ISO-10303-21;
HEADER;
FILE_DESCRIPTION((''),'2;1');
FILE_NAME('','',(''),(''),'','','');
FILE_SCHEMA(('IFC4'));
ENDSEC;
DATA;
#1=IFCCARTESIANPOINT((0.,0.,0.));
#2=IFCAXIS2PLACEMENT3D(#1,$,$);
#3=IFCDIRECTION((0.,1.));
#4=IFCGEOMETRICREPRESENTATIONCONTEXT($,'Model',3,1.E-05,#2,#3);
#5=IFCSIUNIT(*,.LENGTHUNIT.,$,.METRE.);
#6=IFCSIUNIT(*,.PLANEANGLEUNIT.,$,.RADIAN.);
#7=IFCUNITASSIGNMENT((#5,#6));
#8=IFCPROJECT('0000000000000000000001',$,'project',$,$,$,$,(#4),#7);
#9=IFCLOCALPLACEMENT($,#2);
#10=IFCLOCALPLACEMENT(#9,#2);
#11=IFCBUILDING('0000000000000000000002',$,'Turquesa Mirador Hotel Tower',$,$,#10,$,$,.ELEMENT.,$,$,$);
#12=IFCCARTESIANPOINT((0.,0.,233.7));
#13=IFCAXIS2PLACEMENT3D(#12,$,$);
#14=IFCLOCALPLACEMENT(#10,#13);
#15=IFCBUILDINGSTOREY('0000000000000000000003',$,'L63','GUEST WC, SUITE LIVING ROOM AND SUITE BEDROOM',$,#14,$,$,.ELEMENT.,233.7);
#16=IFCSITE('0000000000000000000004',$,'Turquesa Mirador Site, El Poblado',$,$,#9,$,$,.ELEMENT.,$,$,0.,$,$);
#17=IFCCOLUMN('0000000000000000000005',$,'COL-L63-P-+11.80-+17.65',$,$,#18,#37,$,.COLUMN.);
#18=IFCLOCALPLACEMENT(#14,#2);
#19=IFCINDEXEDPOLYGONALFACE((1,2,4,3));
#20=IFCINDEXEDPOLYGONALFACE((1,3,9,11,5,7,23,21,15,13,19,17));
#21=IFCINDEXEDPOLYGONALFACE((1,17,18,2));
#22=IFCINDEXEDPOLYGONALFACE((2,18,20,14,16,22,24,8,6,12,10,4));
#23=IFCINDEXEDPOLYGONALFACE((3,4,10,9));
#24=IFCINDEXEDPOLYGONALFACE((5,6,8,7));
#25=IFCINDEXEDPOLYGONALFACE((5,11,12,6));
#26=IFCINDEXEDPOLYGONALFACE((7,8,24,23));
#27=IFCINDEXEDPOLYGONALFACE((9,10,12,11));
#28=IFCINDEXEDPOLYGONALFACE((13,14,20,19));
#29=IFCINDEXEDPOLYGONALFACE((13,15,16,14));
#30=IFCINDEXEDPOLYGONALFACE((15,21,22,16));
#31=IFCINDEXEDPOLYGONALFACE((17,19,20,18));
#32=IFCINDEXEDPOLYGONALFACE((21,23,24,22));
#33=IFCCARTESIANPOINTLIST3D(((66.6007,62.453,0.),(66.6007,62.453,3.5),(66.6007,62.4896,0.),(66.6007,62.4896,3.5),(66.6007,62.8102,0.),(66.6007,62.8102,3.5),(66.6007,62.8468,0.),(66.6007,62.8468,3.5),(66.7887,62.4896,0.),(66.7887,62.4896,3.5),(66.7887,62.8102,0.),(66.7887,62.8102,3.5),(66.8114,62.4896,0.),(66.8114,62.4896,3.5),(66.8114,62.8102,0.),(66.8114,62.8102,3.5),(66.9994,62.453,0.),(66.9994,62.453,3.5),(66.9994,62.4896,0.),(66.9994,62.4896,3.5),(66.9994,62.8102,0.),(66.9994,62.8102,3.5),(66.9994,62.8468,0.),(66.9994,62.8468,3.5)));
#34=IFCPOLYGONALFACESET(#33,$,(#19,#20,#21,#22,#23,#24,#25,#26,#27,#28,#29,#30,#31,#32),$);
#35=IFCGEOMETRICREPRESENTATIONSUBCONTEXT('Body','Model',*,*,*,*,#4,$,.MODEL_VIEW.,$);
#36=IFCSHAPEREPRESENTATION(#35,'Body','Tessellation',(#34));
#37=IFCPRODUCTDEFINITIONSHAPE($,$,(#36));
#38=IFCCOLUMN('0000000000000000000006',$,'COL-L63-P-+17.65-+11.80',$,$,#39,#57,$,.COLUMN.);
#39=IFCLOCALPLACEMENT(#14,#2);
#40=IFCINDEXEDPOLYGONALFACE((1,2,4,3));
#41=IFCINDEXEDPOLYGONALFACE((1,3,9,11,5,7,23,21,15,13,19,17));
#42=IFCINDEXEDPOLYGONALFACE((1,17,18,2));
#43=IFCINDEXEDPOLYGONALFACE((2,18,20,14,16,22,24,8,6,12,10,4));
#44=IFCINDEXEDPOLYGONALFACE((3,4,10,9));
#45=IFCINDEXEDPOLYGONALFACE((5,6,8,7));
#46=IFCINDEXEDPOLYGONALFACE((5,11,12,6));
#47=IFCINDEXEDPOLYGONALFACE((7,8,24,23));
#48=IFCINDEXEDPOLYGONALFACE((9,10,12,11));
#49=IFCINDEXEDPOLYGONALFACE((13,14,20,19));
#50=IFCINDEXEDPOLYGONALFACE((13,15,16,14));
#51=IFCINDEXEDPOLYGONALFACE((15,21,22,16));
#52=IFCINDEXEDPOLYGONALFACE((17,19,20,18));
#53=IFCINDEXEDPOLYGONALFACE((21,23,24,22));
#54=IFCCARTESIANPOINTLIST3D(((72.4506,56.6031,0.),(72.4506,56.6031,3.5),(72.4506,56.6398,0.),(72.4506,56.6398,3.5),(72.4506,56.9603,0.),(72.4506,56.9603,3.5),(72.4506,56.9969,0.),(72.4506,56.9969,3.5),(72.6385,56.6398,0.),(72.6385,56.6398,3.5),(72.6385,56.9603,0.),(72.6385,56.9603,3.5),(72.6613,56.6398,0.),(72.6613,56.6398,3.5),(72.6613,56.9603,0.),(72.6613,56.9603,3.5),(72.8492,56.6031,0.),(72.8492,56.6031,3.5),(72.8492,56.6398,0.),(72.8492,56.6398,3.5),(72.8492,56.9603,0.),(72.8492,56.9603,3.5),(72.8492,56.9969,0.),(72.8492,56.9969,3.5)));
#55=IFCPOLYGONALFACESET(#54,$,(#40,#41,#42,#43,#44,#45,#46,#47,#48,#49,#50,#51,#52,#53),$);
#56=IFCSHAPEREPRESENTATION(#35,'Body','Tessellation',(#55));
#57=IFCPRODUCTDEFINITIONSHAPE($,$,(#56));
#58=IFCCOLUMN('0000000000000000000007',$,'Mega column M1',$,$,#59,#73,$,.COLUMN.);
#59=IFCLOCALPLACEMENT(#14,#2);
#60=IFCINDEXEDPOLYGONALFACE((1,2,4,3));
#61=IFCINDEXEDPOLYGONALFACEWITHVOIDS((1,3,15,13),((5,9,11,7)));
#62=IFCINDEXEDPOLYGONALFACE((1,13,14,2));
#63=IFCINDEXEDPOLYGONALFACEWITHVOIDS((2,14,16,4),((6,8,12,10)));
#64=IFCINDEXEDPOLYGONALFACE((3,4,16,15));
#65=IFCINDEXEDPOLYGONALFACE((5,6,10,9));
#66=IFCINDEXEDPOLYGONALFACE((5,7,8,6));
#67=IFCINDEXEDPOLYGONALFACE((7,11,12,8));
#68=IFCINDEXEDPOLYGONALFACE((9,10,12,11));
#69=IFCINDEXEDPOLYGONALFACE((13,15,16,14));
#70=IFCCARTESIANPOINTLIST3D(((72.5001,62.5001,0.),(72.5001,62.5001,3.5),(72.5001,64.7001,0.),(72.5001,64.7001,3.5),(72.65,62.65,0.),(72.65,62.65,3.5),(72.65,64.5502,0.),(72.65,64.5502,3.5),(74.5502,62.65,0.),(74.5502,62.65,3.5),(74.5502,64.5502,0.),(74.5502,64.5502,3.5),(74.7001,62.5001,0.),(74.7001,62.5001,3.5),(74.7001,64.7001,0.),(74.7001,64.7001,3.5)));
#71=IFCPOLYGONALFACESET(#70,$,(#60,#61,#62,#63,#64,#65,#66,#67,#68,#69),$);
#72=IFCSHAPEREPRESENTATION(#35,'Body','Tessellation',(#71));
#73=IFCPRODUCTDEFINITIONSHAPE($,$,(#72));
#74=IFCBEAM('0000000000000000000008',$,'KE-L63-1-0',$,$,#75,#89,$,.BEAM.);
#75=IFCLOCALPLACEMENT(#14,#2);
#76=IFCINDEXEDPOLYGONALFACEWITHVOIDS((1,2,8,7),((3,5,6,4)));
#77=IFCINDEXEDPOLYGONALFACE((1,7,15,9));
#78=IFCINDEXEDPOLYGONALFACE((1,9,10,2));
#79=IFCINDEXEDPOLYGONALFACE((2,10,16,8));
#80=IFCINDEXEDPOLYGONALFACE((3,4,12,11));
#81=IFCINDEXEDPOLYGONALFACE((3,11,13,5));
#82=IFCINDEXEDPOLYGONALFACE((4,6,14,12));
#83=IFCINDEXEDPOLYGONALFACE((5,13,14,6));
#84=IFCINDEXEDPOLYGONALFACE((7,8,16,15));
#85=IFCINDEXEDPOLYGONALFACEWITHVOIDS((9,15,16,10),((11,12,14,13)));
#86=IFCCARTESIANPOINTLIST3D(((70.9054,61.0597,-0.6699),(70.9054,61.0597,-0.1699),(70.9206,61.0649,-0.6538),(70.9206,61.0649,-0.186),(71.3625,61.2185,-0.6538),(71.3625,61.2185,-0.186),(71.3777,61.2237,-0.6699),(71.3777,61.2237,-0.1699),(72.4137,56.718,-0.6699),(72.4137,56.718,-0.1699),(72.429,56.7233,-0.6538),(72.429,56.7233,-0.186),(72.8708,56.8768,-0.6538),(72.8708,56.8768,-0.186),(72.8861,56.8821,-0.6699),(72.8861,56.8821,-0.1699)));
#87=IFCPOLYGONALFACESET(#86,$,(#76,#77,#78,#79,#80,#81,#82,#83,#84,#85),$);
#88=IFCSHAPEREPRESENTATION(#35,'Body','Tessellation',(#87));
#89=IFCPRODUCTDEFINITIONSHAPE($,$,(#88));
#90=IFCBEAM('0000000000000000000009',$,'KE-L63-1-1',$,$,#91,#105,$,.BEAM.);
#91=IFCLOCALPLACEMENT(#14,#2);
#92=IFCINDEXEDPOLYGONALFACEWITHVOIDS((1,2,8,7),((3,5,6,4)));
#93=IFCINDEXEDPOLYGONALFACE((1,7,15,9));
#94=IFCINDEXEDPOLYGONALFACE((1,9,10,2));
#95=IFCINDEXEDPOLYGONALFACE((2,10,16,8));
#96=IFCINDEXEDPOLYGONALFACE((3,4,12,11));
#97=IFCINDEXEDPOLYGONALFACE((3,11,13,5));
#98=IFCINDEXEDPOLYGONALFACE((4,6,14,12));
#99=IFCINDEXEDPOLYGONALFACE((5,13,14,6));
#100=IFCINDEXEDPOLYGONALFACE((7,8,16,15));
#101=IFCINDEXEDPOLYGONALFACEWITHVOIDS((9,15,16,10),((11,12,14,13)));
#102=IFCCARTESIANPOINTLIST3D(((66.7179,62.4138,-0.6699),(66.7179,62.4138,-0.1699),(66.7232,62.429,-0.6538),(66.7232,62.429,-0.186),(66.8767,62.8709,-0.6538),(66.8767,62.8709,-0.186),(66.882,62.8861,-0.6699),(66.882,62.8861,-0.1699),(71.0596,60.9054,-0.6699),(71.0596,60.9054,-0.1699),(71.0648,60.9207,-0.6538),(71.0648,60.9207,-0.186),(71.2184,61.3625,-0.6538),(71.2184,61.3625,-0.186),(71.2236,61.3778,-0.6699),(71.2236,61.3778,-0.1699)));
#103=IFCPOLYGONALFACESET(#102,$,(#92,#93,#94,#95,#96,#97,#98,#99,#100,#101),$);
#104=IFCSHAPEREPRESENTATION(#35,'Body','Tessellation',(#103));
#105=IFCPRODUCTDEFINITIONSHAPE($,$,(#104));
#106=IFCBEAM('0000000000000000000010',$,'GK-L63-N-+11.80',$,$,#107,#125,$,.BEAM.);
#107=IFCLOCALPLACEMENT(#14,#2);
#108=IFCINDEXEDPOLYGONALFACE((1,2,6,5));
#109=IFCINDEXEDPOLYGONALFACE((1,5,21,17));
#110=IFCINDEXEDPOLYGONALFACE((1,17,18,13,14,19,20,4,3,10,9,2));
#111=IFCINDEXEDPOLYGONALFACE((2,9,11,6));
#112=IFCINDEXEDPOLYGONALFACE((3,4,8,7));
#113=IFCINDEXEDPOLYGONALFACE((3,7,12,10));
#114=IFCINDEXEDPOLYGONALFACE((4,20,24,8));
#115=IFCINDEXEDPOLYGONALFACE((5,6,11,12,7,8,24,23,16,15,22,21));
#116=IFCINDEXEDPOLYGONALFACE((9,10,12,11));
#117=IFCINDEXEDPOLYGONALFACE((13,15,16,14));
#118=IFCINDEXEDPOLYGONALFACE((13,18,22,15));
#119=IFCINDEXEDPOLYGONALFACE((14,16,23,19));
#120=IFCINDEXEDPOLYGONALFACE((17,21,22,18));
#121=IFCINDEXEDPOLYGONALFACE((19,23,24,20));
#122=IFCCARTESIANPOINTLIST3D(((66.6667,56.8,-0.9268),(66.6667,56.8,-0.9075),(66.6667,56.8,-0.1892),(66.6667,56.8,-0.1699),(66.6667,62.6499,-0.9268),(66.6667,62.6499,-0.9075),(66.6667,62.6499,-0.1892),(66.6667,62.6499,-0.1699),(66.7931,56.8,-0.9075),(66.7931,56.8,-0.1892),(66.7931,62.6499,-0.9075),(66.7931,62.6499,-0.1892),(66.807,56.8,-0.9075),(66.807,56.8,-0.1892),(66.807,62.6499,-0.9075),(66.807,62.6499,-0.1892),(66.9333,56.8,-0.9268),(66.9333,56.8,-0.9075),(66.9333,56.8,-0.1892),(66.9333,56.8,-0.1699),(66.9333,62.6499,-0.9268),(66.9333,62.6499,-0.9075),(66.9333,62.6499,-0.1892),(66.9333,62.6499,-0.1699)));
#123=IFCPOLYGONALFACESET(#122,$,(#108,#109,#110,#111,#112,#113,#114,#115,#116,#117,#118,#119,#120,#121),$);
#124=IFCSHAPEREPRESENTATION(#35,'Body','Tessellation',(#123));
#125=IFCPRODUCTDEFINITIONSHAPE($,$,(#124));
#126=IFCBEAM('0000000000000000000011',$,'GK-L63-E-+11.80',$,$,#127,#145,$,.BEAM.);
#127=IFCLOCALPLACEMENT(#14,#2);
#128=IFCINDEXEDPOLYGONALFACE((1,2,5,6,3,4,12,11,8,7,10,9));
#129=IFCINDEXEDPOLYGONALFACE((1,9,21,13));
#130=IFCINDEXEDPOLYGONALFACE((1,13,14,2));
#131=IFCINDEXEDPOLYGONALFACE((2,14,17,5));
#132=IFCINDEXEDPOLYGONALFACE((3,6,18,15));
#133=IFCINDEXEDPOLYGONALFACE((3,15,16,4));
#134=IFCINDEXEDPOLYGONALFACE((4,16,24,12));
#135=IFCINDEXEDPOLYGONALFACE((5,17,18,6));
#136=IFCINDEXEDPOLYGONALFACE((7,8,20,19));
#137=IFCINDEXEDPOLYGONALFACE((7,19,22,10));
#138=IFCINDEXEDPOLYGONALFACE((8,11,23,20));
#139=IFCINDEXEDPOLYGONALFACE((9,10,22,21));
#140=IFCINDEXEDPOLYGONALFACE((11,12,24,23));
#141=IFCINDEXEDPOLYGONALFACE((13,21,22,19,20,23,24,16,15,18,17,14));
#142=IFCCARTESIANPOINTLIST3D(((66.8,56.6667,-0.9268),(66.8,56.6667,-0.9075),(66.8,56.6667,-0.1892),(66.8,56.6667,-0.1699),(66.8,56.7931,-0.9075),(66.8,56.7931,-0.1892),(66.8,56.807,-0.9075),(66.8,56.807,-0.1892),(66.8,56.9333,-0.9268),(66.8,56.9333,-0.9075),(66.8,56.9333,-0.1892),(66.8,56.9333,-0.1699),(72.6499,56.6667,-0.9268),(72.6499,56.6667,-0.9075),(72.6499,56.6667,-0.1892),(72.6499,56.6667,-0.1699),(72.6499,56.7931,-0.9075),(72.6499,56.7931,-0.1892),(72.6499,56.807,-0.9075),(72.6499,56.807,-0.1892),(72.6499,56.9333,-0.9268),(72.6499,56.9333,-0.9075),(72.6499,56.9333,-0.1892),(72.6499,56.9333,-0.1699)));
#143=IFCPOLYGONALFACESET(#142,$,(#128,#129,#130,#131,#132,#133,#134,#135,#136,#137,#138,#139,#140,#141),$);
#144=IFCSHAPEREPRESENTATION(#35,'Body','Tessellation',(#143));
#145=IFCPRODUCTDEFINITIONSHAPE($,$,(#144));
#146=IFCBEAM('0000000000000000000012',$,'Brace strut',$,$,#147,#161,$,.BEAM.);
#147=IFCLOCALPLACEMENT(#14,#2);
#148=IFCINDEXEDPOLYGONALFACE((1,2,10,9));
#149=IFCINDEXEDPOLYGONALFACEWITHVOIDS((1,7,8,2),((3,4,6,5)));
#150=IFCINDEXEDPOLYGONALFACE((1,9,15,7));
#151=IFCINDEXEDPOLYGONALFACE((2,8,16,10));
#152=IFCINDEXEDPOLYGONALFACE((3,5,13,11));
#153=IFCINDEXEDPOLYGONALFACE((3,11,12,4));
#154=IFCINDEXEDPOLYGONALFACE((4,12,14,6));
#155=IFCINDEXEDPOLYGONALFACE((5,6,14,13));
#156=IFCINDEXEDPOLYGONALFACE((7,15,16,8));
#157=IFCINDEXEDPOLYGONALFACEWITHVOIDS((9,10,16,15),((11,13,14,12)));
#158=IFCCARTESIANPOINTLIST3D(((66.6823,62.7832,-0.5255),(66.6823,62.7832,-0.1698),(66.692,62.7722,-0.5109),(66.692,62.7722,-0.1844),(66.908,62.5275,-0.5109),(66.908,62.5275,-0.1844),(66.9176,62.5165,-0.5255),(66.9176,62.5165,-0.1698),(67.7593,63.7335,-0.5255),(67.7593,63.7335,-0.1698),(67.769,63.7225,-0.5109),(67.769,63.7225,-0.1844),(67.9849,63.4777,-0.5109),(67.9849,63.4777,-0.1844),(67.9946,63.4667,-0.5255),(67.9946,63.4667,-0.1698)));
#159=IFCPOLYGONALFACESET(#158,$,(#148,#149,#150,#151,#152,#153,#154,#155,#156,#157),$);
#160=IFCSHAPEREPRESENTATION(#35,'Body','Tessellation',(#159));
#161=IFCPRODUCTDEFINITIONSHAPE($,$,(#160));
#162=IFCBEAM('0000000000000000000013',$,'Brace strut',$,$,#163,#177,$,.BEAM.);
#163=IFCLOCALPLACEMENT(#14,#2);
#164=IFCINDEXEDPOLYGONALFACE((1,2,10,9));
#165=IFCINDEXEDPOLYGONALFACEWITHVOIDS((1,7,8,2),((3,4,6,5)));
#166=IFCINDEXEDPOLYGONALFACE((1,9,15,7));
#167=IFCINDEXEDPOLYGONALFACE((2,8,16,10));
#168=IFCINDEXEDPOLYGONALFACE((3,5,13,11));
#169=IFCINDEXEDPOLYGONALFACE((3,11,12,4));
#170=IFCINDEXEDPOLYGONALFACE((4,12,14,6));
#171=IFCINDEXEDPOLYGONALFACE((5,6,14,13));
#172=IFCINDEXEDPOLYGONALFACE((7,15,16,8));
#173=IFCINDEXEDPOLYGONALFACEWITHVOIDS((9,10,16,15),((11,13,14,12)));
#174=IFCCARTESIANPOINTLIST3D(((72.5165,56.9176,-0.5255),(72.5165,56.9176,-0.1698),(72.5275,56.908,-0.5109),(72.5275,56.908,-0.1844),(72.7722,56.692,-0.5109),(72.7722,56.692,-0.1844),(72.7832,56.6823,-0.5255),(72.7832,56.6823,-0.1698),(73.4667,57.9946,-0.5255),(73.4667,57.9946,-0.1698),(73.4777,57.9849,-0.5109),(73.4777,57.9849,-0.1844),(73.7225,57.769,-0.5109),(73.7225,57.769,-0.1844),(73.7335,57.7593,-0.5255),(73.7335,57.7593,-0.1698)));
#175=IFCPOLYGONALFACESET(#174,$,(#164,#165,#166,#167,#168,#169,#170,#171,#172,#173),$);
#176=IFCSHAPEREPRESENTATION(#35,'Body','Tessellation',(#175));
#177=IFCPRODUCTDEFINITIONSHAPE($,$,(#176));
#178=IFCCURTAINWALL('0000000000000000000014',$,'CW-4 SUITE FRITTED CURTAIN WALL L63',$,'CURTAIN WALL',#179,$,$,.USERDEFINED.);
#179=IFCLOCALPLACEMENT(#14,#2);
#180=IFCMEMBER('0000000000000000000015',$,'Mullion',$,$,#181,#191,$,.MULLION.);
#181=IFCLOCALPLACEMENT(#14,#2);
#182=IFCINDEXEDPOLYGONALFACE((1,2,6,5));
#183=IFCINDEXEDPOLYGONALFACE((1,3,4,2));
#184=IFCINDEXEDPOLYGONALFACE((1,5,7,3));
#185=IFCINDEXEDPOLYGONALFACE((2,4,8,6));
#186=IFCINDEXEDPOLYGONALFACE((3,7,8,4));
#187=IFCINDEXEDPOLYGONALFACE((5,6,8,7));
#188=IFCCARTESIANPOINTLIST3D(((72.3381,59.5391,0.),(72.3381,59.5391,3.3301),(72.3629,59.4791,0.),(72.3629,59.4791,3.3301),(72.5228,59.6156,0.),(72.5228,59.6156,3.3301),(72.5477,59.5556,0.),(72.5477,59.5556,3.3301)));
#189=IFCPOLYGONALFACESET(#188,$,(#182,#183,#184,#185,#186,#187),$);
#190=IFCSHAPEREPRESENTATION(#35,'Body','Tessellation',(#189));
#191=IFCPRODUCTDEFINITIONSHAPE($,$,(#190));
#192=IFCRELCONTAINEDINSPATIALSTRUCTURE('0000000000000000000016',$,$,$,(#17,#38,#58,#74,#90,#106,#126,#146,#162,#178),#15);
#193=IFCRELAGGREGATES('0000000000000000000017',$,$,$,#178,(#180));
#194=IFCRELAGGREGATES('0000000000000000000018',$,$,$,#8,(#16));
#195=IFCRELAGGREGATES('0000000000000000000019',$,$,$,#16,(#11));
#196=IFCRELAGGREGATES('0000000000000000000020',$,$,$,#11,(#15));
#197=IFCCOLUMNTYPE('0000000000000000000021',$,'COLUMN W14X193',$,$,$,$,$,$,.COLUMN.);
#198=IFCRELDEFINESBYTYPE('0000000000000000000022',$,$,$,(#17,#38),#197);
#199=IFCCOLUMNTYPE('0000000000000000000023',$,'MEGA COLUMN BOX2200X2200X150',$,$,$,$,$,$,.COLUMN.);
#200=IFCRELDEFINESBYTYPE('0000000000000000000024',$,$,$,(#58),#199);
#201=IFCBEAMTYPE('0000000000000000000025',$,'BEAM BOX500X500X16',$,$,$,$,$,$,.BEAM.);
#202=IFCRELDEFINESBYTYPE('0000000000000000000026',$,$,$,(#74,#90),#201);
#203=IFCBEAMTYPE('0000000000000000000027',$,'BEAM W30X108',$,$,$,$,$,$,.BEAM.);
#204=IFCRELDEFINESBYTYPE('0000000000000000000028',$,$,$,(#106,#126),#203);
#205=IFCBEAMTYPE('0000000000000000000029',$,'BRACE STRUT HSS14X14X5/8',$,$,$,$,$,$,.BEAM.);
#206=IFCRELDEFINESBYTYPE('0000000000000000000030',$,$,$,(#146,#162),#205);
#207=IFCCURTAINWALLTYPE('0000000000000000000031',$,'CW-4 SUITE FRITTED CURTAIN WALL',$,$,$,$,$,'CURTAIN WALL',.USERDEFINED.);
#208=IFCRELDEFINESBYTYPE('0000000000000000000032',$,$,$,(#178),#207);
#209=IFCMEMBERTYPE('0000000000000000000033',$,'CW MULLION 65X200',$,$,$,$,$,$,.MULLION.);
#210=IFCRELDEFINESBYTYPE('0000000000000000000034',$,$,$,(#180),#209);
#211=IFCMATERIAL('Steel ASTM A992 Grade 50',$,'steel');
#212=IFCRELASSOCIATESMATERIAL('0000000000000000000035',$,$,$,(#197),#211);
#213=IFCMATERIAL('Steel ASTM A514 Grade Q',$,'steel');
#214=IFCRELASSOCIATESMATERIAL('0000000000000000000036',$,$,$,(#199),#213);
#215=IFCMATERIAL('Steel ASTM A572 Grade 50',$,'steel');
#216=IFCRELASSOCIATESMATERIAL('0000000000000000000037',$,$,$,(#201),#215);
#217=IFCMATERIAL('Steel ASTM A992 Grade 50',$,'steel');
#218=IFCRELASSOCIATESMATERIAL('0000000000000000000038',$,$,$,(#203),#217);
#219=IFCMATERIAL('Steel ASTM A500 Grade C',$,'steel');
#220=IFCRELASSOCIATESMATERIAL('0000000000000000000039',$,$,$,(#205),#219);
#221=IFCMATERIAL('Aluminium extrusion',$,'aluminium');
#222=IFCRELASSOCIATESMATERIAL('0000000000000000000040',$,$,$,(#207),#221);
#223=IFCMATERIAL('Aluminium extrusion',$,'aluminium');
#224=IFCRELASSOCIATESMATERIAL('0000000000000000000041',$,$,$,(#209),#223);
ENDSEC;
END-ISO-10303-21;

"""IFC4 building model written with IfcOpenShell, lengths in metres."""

from ifc_helpers import new_model, si_unit, direction, frame, origin, origin_2d, place, context, subcontext, project, spatial, rectangle, hollow_rectangle, i_section, extrude, material, material_profile, profile_set, type_object, element, aggregate, save


model = new_model("IFC4")

# Units and contexts
model_context = context("Model", 3, precision=1e-05, world=origin(), true_north=direction((0.0, 1.0)))
body_context = subcontext(model_context, "Body", "Model", "MODEL_VIEW")
ifc_project = project(units=[si_unit("LENGTHUNIT", "METRE"), si_unit("PLANEANGLEUNIT", "RADIAN")], contexts=[model_context])

# Site, building, storey
site_placement = place(None, origin())
site = spatial("IfcSite", under=ifc_project, at=site_placement, Name="Turquesa Mirador Site, El Poblado", CompositionType="ELEMENT", RefElevation=0.0)
building_placement = place(site_placement, origin())
building = spatial("IfcBuilding", under=site, at=building_placement, Name="Turquesa Mirador Hotel Tower", CompositionType="ELEMENT")
storey_placement = place(building_placement, frame((0.0, 0.0, 233.7)))
storey = spatial("IfcBuildingStorey", under=building, at=storey_placement, Name="L63", Description="GUEST WC, SUITE LIVING ROOM AND SUITE BEDROOM", CompositionType="ELEMENT", Elevation=233.7)

# Columns
ifc_material_1 = material(Name="Steel ASTM A992 Grade 50", Category="steel")
ifc_material_profile_1 = material_profile(ifc_material_1, i_section(OverallWidth=0.3987, OverallDepth=0.3938, WebThickness=0.0227, FlangeThickness=0.0366, at=origin_2d()), Name="W14X193")
ifc_profile_set_1 = profile_set([ifc_material_profile_1], Name="Steel ASTM A992 Grade 50")
column_type_1 = type_object("IfcColumnType", Name="COLUMN W14X193", PredefinedType="COLUMN", material=ifc_profile_set_1)
for number, where, z_axis, x_axis, name in (
    (1, (66.8, 62.6499, 0.0), (0.0, 0.0, 1.0), (1.0, 0.0, 0.0), "COL-L63-P-+11.80-+17.65"),
    (2, (72.6499, 56.8, 0.0), (0.0, 0.0, 1.0), (1.0, 0.0, 0.0), "COL-L63-P-+17.65-+11.80"),
):
    element("IfcColumn", number, at=place(storey_placement, frame(where, z_axis=z_axis, x_axis=x_axis)), inside=storey, type_object=column_type_1, Name=name, PredefinedType="COLUMN", context=body_context, shape_type="SweptSolid", body=[
        extrude(i_section(OverallWidth=0.3987, OverallDepth=0.3938, WebThickness=0.0227, FlangeThickness=0.0366, at=origin_2d()), origin(), (0.0, 0.0, 1.0), 3.5),
    ])
ifc_material_2 = material(Name="Steel ASTM A514 Grade Q", Category="steel")
ifc_material_profile_2 = material_profile(ifc_material_2, hollow_rectangle(XDim=2.2, YDim=2.2, WallThickness=0.1499, at=origin_2d()), Name="BOX2200X2200X150")
ifc_profile_set_2 = profile_set([ifc_material_profile_2], Name="Steel ASTM A514 Grade Q")
column_type_2 = type_object("IfcColumnType", Name="MEGA COLUMN BOX2200X2200X150", PredefinedType="COLUMN", material=ifc_profile_set_2)
column_placement = place(storey_placement, frame((73.6001, 63.6001, 0.0), z_axis=(0.0, 0.0, 1.0), x_axis=(1.0, 0.0, 0.0)))
element("IfcColumn", 3, at=column_placement, inside=storey, type_object=column_type_2, Name="Mega column M1", PredefinedType="COLUMN", context=body_context, shape_type="SweptSolid", body=[
    extrude(hollow_rectangle(XDim=2.2, YDim=2.2, WallThickness=0.1499, at=origin_2d()), origin(), (0.0, 0.0, 1.0), 3.5),
])

# Beams
ifc_material_3 = material(Name="Steel ASTM A572 Grade 50", Category="steel")
ifc_material_profile_3 = material_profile(ifc_material_3, hollow_rectangle(XDim=0.5, YDim=0.5, WallThickness=0.0161, at=origin_2d()), Name="BOX500X500X16")
ifc_profile_set_3 = profile_set([ifc_material_profile_3], Name="Steel ASTM A572 Grade 50")
beam_type_1 = type_object("IfcBeamType", Name="BEAM BOX500X500X16", PredefinedType="BEAM", material=ifc_profile_set_3)
for number, where, z_axis, x_axis, name in (
    (4, (72.6499, 56.8, -0.4199), (-0.32817, 0.944619, 0.0), (-0.944619, -0.32817, 0.0), "KE-L63-1-0"),
    (5, (71.1416, 61.1416, -0.4199), (-0.944619, 0.32817, 0.0), (-0.32817, -0.944619, 0.0), "KE-L63-1-1"),
):
    element("IfcBeam", number, at=place(storey_placement, frame(where, z_axis=z_axis, x_axis=x_axis)), inside=storey, type_object=beam_type_1, Name=name, PredefinedType="BEAM", context=body_context, shape_type="SweptSolid", body=[
        extrude(hollow_rectangle(XDim=0.5, YDim=0.5, WallThickness=0.0161, at=origin_2d()), origin(), (0.0, 0.0, 1.0), 4.5962),
    ])
ifc_material_4 = material(Name="Steel ASTM A992 Grade 50", Category="steel")
ifc_material_profile_4 = material_profile(ifc_material_4, i_section(OverallWidth=0.2666, OverallDepth=0.7568, WebThickness=0.0139, FlangeThickness=0.0193, at=origin_2d()), Name="W30X108")
ifc_profile_set_4 = profile_set([ifc_material_profile_4], Name="Steel ASTM A992 Grade 50")
beam_type_2 = type_object("IfcBeamType", Name="BEAM W30X108", PredefinedType="BEAM", material=ifc_profile_set_4)
for number, where, z_axis, x_axis, name in (
    (6, (66.8, 62.6499, -0.5483), (0.0, -1.0, 0.0), (1.0, 0.0, 0.0), "GK-L63-N-+11.80"),
    (7, (72.6499, 56.8, -0.5483), (-1.0, 0.0, 0.0), (0.0, -1.0, 0.0), "GK-L63-E-+11.80"),
):
    element("IfcBeam", number, at=place(storey_placement, frame(where, z_axis=z_axis, x_axis=x_axis)), inside=storey, type_object=beam_type_2, Name=name, PredefinedType="BEAM", context=body_context, shape_type="SweptSolid", body=[
        extrude(i_section(OverallWidth=0.2666, OverallDepth=0.7568, WebThickness=0.0139, FlangeThickness=0.0193, at=origin_2d()), origin(), (0.0, 0.0, 1.0), 5.8499),
    ])
ifc_material_5 = material(Name="Steel ASTM A500 Grade C", Category="steel")
ifc_material_profile_5 = material_profile(ifc_material_5, hollow_rectangle(XDim=0.3557, YDim=0.3557, WallThickness=0.0146, at=origin_2d()), Name="HSS14X14X5/8")
ifc_profile_set_5 = profile_set([ifc_material_profile_5], Name="Steel ASTM A500 Grade C")
beam_type_3 = type_object("IfcBeamType", Name="BRACE STRUT HSS14X14X5/8", PredefinedType="BEAM", material=ifc_profile_set_5)
for number, where, z_axis, x_axis, name in (
    (8, (67.877, 63.6001, -0.3477), (-0.749843, -0.661616, 0.0), (0.661616, -0.749843, 0.0), "Brace strut"),
    (9, (73.6001, 57.877, -0.3477), (-0.661616, -0.749843, 0.0), (0.749843, -0.661616, 0.0), "Brace strut"),
):
    element("IfcBeam", number, at=place(storey_placement, frame(where, z_axis=z_axis, x_axis=x_axis)), inside=storey, type_object=beam_type_3, Name=name, PredefinedType="BEAM", context=body_context, shape_type="SweptSolid", body=[
        extrude(hollow_rectangle(XDim=0.3557, YDim=0.3557, WallThickness=0.0146, at=origin_2d()), origin(), (0.0, 0.0, 1.0), 1.4363),
    ])

# Curtain wall, member
ifc_material_6 = material(Name="Aluminium extrusion", Category="aluminium")
curtain_wall_type = type_object("IfcCurtainWallType", Name="CW-4 SUITE FRITTED CURTAIN WALL", ElementType="CURTAIN WALL", PredefinedType="USERDEFINED", material=ifc_material_6)
curtain_wall_1_placement = place(storey_placement, origin())
curtain_wall_1 = element("IfcCurtainWall", 10, at=curtain_wall_1_placement, inside=storey, type_object=curtain_wall_type, Name="CW-4 SUITE FRITTED CURTAIN WALL L63", ObjectType="CURTAIN WALL", PredefinedType="USERDEFINED")
ifc_material_7 = material(Name="Aluminium extrusion", Category="aluminium")
ifc_material_profile_6 = material_profile(ifc_material_7, rectangle(XDim=0.0649, YDim=0.2, at=origin_2d()), Name="MULLION 65X200")
ifc_profile_set_6 = profile_set([ifc_material_profile_6], Name="Aluminium extrusion")
member_type_1 = type_object("IfcMemberType", Name="CW MULLION 65X200", PredefinedType="MULLION", material=ifc_profile_set_6)
member_1_placement = place(storey_placement, frame((72.4429, 59.5474, 0.0), z_axis=(0.0, 0.0, 1.0), x_axis=(-0.382683, 0.92388, 0.0)))
member_1 = element("IfcMember", 11, at=member_1_placement, type_object=member_type_1, Name="Mullion", PredefinedType="MULLION", context=body_context, shape_type="SweptSolid", body=[
    extrude(rectangle(XDim=0.0649, YDim=0.2, at=origin_2d()), origin(), (0.0, 0.0, 1.0), 3.3301),
])

aggregate(curtain_wall_1, [member_1])

save(model, "model.ifc")
